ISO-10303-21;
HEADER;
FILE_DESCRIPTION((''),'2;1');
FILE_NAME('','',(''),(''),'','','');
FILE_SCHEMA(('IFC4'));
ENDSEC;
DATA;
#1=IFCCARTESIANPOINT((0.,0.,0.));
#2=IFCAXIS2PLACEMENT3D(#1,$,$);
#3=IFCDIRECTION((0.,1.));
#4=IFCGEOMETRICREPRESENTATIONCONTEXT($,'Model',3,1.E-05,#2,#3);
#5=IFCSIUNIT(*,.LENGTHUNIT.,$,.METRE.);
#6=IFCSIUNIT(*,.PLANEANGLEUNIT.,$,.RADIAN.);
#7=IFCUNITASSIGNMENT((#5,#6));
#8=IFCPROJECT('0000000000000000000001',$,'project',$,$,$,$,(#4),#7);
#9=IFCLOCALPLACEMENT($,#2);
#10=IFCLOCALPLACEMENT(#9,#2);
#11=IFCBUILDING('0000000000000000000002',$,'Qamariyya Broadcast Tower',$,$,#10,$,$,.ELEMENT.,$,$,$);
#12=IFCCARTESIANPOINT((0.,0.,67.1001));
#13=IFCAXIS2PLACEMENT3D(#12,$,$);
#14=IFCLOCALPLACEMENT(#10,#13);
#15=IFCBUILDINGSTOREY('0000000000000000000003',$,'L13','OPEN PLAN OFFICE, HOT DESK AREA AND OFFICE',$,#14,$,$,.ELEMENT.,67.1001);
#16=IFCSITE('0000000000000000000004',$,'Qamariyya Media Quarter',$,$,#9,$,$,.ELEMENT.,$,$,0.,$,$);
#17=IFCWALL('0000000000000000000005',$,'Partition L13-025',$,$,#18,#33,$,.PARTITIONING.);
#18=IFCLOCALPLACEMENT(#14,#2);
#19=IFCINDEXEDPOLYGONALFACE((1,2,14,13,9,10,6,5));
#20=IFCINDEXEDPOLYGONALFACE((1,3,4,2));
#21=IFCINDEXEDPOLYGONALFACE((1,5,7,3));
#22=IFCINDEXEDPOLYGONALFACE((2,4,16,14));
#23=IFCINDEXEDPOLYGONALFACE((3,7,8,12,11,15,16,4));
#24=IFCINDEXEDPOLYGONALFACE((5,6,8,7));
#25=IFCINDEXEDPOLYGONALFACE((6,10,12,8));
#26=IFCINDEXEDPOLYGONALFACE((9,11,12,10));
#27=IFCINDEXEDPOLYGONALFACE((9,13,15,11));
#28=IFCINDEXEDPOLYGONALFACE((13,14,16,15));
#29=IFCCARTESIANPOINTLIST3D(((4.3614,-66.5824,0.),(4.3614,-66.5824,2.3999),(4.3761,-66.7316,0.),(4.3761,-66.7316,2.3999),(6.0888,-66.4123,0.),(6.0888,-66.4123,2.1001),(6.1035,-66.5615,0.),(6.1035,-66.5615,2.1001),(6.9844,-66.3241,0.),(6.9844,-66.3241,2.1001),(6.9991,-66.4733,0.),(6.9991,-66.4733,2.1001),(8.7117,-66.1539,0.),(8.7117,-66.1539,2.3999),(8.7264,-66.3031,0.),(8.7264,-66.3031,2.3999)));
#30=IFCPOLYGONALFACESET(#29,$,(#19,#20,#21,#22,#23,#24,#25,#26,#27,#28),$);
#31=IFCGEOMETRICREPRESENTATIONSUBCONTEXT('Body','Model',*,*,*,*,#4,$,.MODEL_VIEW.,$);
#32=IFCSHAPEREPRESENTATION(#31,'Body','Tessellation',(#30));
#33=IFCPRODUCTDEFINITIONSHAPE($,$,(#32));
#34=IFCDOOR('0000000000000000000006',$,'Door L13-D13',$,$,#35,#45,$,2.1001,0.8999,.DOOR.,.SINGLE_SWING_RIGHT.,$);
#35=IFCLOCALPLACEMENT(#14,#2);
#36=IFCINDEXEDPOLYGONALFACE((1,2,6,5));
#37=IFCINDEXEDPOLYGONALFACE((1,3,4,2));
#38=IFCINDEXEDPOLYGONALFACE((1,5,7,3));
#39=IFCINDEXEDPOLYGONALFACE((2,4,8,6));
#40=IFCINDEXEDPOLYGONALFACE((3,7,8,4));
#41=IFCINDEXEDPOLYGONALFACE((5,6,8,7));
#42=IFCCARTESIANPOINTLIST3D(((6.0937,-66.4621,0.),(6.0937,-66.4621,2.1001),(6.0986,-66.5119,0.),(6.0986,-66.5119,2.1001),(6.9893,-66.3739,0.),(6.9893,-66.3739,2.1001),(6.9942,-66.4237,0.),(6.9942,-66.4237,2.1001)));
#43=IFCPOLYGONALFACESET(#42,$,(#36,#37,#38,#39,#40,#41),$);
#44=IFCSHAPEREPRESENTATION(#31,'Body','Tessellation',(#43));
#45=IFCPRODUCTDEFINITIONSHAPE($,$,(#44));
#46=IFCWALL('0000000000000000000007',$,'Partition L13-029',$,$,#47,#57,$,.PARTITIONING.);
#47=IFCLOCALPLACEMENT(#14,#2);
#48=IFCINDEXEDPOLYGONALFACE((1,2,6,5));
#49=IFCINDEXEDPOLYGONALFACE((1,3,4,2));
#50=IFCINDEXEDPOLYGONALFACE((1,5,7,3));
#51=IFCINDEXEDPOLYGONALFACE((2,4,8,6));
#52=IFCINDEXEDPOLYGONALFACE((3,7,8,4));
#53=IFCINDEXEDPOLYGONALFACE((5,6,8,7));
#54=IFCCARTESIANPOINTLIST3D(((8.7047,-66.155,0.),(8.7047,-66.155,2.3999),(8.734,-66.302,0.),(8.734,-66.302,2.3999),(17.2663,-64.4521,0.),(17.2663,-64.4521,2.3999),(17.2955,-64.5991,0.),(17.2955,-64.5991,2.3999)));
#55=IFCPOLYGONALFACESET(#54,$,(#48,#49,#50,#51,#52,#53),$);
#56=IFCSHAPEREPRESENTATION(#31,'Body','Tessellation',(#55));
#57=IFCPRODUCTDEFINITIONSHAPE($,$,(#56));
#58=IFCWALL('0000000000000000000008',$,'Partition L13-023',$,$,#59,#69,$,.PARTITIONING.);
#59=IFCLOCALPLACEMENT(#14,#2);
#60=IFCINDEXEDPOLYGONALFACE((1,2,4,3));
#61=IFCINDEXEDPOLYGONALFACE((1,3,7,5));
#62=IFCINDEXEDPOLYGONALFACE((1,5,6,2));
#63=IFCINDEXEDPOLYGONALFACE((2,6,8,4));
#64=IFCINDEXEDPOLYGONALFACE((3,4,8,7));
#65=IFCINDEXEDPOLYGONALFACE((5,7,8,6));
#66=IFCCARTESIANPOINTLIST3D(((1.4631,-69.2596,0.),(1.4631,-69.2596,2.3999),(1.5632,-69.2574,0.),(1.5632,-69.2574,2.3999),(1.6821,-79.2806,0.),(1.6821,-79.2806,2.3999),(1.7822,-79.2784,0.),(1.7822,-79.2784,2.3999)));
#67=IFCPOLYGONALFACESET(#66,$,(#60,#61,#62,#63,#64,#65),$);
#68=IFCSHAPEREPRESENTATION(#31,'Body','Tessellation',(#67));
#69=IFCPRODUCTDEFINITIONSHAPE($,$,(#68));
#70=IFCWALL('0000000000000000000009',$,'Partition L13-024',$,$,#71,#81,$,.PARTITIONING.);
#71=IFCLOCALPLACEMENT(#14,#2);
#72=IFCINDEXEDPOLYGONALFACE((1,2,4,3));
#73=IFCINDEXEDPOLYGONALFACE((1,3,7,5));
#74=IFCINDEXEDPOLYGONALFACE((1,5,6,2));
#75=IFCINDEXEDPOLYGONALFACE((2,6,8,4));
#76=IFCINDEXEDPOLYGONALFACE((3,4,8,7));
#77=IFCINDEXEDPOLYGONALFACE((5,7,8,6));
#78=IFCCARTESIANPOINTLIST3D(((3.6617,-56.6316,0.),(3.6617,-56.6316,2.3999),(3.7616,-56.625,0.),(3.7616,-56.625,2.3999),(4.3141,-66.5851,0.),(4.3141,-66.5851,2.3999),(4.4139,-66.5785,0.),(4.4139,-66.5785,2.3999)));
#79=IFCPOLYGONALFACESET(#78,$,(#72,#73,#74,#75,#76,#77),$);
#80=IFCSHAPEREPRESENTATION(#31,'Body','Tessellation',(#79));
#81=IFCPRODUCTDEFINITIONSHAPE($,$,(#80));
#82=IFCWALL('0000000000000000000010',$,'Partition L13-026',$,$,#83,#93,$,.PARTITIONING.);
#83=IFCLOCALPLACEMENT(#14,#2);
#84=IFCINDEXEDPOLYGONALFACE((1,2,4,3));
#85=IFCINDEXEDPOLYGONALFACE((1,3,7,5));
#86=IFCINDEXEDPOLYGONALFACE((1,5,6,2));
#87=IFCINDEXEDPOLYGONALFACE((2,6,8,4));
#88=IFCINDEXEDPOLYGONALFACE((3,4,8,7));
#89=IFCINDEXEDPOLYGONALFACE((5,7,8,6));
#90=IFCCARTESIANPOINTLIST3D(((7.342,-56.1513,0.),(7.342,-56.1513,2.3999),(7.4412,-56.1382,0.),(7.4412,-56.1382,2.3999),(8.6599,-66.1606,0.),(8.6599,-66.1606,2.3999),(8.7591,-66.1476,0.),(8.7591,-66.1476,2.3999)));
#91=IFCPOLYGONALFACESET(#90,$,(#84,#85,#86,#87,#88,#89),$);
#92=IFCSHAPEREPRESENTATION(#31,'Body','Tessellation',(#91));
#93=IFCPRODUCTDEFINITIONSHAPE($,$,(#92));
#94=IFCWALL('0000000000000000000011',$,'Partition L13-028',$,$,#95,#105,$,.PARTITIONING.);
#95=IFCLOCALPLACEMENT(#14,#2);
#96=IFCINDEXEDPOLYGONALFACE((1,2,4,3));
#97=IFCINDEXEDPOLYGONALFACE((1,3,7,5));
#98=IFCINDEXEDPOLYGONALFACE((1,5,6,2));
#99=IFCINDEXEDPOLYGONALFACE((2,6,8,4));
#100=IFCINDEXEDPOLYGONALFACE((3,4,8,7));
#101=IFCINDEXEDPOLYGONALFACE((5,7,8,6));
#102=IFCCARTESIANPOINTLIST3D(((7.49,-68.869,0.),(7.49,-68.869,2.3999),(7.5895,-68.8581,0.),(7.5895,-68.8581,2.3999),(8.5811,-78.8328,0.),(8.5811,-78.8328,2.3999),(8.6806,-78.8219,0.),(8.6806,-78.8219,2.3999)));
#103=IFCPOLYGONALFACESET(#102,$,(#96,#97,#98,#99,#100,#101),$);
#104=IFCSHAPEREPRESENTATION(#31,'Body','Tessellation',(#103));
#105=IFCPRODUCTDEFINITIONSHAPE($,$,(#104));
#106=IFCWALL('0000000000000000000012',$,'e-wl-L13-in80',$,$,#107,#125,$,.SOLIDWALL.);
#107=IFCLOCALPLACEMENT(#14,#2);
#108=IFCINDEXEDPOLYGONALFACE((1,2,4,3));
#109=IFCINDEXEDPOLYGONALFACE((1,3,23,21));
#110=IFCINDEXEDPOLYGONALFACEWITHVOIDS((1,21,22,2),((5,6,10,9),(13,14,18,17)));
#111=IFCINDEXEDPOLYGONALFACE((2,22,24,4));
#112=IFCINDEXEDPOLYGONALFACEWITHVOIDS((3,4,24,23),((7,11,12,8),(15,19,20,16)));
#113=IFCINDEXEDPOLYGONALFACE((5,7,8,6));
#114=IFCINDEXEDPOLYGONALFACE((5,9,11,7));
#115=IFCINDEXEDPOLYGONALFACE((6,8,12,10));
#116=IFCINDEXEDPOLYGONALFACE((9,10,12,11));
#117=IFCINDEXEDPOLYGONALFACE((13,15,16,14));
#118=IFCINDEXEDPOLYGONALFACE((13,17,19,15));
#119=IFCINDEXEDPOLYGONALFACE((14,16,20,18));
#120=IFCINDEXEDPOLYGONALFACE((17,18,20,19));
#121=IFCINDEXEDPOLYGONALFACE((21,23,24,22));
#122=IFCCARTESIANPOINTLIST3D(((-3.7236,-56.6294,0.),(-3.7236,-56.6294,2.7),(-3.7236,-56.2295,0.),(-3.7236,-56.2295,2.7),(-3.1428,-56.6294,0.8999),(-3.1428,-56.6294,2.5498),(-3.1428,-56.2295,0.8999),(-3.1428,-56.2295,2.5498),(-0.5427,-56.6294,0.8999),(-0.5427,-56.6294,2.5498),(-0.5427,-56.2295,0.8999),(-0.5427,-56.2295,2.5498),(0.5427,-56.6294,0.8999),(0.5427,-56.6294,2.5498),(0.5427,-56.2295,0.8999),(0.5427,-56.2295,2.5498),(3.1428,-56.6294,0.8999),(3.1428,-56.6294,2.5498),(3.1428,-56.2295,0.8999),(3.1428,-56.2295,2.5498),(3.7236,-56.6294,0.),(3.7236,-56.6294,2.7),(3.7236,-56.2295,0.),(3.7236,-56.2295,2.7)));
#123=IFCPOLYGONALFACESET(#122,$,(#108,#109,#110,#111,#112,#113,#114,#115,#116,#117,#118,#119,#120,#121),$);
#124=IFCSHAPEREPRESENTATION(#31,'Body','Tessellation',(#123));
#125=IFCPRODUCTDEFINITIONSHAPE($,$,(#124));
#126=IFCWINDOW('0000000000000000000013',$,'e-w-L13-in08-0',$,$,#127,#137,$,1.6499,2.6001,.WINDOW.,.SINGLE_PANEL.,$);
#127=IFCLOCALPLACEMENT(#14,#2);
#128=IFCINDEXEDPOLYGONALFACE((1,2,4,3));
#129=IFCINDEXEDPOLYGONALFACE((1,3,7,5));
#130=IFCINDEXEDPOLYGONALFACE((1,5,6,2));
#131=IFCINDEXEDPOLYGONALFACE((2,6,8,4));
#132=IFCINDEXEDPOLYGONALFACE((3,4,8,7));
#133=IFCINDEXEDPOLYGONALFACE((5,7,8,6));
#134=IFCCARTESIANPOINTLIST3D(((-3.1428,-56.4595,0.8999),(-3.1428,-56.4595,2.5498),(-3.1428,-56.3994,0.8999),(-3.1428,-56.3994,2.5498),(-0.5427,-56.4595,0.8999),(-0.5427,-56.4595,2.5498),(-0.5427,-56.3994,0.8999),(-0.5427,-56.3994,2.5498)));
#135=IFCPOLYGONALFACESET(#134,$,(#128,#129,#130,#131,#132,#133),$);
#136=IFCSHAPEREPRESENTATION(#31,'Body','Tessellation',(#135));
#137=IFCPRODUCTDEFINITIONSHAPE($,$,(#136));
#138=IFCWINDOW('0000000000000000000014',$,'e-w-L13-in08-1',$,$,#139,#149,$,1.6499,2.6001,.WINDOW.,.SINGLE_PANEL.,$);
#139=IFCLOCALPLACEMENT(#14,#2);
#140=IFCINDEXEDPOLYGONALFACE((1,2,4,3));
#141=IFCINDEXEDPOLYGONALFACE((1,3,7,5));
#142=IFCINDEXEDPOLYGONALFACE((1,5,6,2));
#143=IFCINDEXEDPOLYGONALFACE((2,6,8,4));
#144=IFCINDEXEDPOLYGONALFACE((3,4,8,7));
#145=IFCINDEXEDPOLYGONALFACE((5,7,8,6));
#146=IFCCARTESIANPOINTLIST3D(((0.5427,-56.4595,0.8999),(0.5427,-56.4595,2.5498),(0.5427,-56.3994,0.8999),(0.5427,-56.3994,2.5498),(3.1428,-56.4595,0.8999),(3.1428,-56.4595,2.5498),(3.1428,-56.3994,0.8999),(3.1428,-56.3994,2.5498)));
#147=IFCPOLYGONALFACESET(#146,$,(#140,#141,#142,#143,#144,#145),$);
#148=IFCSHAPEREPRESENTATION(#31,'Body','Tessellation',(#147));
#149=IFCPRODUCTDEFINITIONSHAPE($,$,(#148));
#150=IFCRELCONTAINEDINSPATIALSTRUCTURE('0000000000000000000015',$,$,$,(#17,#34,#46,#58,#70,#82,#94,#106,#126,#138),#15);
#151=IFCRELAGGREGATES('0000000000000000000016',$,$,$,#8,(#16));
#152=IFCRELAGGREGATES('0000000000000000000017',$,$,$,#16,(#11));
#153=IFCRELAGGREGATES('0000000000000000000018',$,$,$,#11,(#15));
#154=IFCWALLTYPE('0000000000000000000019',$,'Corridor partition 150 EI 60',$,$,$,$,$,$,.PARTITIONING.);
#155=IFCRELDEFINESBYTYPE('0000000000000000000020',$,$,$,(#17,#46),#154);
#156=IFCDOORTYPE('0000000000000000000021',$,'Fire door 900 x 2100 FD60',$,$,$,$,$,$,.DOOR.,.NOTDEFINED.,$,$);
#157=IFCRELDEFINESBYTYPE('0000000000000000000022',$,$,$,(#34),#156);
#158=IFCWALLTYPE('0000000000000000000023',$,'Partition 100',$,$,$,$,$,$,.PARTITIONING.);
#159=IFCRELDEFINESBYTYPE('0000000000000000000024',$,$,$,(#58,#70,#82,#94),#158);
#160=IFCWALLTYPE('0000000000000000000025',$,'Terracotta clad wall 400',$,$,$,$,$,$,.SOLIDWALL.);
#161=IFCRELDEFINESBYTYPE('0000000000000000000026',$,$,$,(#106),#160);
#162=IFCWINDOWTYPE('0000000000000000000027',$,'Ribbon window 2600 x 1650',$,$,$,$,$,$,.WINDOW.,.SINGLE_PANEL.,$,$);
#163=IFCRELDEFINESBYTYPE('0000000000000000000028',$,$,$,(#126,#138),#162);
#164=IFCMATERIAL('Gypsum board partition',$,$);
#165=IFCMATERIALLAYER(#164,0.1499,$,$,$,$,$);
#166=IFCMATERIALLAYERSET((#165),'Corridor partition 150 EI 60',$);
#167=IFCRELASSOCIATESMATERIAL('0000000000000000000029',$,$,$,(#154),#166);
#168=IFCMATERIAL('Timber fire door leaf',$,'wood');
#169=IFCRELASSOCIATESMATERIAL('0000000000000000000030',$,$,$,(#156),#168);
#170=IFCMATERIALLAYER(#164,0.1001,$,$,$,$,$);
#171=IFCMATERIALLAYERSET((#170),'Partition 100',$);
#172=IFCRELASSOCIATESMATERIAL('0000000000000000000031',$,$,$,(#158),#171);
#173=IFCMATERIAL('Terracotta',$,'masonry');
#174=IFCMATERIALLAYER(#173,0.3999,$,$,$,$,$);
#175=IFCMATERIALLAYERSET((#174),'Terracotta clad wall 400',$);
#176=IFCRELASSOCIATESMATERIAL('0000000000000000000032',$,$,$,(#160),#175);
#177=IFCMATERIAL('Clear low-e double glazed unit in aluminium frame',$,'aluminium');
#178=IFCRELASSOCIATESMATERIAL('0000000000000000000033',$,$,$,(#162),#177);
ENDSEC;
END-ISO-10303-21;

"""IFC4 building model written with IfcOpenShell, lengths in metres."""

from ifc_helpers import new_model, si_unit, direction, frame, frame_2d, origin, place, context, subcontext, project, spatial, rectangle, extrude, material, layer, layer_set, type_object, element, fill, save


model = new_model("IFC4")

# Units and contexts
model_context = context("Model", 3, precision=1e-05, world=origin(), true_north=direction((0.0, 1.0)))
body_context = subcontext(model_context, "Body", "Model", "MODEL_VIEW")
ifc_project = project(units=[si_unit("LENGTHUNIT", "METRE"), si_unit("PLANEANGLEUNIT", "RADIAN")], contexts=[model_context])

# Site, building, storey
site_placement = place(None, origin())
site = spatial("IfcSite", under=ifc_project, at=site_placement, Name="Qamariyya Media Quarter", CompositionType="ELEMENT", RefElevation=0.0)
building_placement = place(site_placement, origin())
building = spatial("IfcBuilding", under=site, at=building_placement, Name="Qamariyya Broadcast Tower", CompositionType="ELEMENT")
storey_placement = place(building_placement, frame((0.0, 0.0, 67.1001)))
storey = spatial("IfcBuildingStorey", under=building, at=storey_placement, Name="L13", Description="OPEN PLAN OFFICE, HOT DESK AREA AND OFFICE", CompositionType="ELEMENT", Elevation=67.1001)

# Wall, opening, door
ifc_material_1 = material(Name="Gypsum board partition")
ifc_layer_1 = layer(ifc_material_1, 0.1499)
ifc_layer_set_1 = layer_set([ifc_layer_1], Name="Corridor partition 150 EI 60")
wall_type_1 = type_object("IfcWallType", Name="Corridor partition 150 EI 60", PredefinedType="PARTITIONING", material=ifc_layer_set_1)
ifc_material_2 = material(Name="Timber fire door leaf", Category="wood")
wall_1_placement = place(storey_placement, frame((4.3689, -66.657, 0.0), z_axis=(0.0, 0.0, 1.0), x_axis=(0.995185, 0.098016, 0.0)))
wall_1 = element("IfcWall", 1, at=wall_1_placement, inside=storey, type_object=wall_type_1, Name="Partition L13-025", PredefinedType="PARTITIONING", context=body_context, shape_type="SweptSolid", body=[
    extrude(rectangle(XDim=4.3713, YDim=0.1499, at=frame_2d((2.1855, 0.0))), origin(), (0.0, 0.0, 1.0), 2.3999),
])
opening_1_placement = place(wall_1_placement, frame((1.7356, 0.0, 0.0)))
opening_1 = element("IfcOpeningElement", 2, at=opening_1_placement, cuts=wall_1, PredefinedType="OPENING", context=body_context, shape_type="SweptSolid", body=[
    extrude(rectangle(XDim=0.8999, YDim=2.1001, at=frame_2d((0.45, 1.05))), frame((0.0, 0.085, 0.0), z_axis=(0.0, -1.0, 0.0), x_axis=(1.0, 0.0, 0.0)), (0.0, 0.0, 1.0), 0.1699),
])
door_type_1 = type_object("IfcDoorType", Name="Fire door 900 x 2100 FD60", OperationType="NOTDEFINED", PredefinedType="DOOR", material=ifc_material_2)
door_1_placement = place(opening_1_placement, origin())
door_1 = element("IfcDoor", 3, at=door_1_placement, inside=storey, type_object=door_type_1, Name="Door L13-D13", OperationType="SINGLE_SWING_RIGHT", OverallHeight=2.1001, OverallWidth=0.8999, PredefinedType="DOOR", context=body_context, shape_type="SweptSolid", body=[
    extrude(rectangle(XDim=0.8999, YDim=2.1001, at=frame_2d((0.45, 1.05))), frame((0.0, 0.0249, 0.0), z_axis=(0.0, -1.0, 0.0), x_axis=(1.0, 0.0, 0.0)), (0.0, 0.0, 1.0), 0.05),
])
fill(opening_1, door_1)

# Walls
wall_2_placement = place(storey_placement, frame((8.7192, -66.2285, 0.0), z_axis=(0.0, 0.0, 1.0), x_axis=(0.980788, 0.195078, 0.0)))
element("IfcWall", 4, at=wall_2_placement, inside=storey, type_object=wall_type_1, Name="Partition L13-029", PredefinedType="PARTITIONING", context=body_context, shape_type="SweptSolid", body=[
    extrude(rectangle(XDim=8.7292, YDim=0.1499, at=frame_2d((4.3647, 0.0))), origin(), (0.0, 0.0, 1.0), 2.3999),
])
ifc_layer_2 = layer(ifc_material_1, 0.1001)
ifc_layer_set_2 = layer_set([ifc_layer_2], Name="Partition 100")
wall_type_2 = type_object("IfcWallType", Name="Partition 100", PredefinedType="PARTITIONING", material=ifc_layer_set_2)
wall_3_placement = place(storey_placement, frame((1.7322, -79.2795, 0.0), z_axis=(0.0, 0.0, 1.0), x_axis=(-0.021848, 0.999761, 0.0)))
element("IfcWall", 5, at=wall_3_placement, inside=storey, type_object=wall_type_2, Name="Partition L13-023", PredefinedType="PARTITIONING", context=body_context, shape_type="SweptSolid", body=[
    extrude(rectangle(XDim=10.0234, YDim=0.1001, at=frame_2d((5.0117, 0.0))), origin(), (0.0, 0.0, 1.0), 2.3999),
])
wall_4_placement = place(storey_placement, frame((3.7117, -56.6284, 0.0), z_axis=(0.0, 0.0, 1.0), x_axis=(0.065398, -0.997859, 0.0)))
element("IfcWall", 6, at=wall_4_placement, inside=storey, type_object=wall_type_2, Name="Partition L13-024", PredefinedType="PARTITIONING", context=body_context, shape_type="SweptSolid", body=[
    extrude(rectangle(XDim=9.9749, YDim=0.1001, at=frame_2d((4.9873, 0.0))), origin(), (0.0, 0.0, 1.0), 2.3999),
])
wall_5_placement = place(storey_placement, frame((7.3916, -56.1448, 0.0), z_axis=(0.0, 0.0, 1.0), x_axis=(0.130538, -0.991443, 0.0)))
element("IfcWall", 7, at=wall_5_placement, inside=storey, type_object=wall_type_2, Name="Partition L13-026", PredefinedType="PARTITIONING", context=body_context, shape_type="SweptSolid", body=[
    extrude(rectangle(XDim=10.0957, YDim=0.1001, at=frame_2d((5.0479, 0.0))), origin(), (0.0, 0.0, 1.0), 2.3999),
])
wall_6_placement = place(storey_placement, frame((8.6309, -78.8274, 0.0), z_axis=(0.0, 0.0, 1.0), x_axis=(-0.108851, 0.994058, 0.0)))
element("IfcWall", 8, at=wall_6_placement, inside=storey, type_object=wall_type_2, Name="Partition L13-028", PredefinedType="PARTITIONING", context=body_context, shape_type="SweptSolid", body=[
    extrude(rectangle(XDim=10.0234, YDim=0.1001, at=frame_2d((5.0117, 0.0))), origin(), (0.0, 0.0, 1.0), 2.3999),
])

# Wall, openings, windows
ifc_material_3 = material(Name="Terracotta", Category="masonry")
ifc_layer_3 = layer(ifc_material_3, 0.3999)
ifc_layer_set_3 = layer_set([ifc_layer_3], Name="Terracotta clad wall 400")
wall_type_3 = type_object("IfcWallType", Name="Terracotta clad wall 400", PredefinedType="SOLIDWALL", material=ifc_layer_set_3)
wall_7_placement = place(storey_placement, frame((3.7236, -56.4294, 0.0), z_axis=(0.0, 0.0, 1.0), x_axis=(-1.0, 0.0, 0.0)))
wall_7 = element("IfcWall", 9, at=wall_7_placement, inside=storey, type_object=wall_type_3, Name="e-wl-L13-in80", PredefinedType="SOLIDWALL", context=body_context, shape_type="SweptSolid", body=[
    extrude(rectangle(XDim=7.4473, YDim=0.3999, at=frame_2d((3.7236, 0.0))), origin(), (0.0, 0.0, 1.0), 2.7),
])
opening_2_placement = place(wall_7_placement, frame((4.2664, 0.0, 0.8999)))
opening_2 = element("IfcOpeningElement", 10, at=opening_2_placement, cuts=wall_7, PredefinedType="OPENING", context=body_context, shape_type="SweptSolid", body=[
    extrude(rectangle(XDim=2.6001, YDim=1.6499, at=frame_2d((1.3, 0.825))), frame((0.0, 0.21, 0.0), z_axis=(0.0, -1.0, 0.0), x_axis=(1.0, 0.0, 0.0)), (0.0, 0.0, 1.0), 0.4199),
])
opening_3_placement = place(wall_7_placement, frame((0.5808, 0.0, 0.8999)))
opening_3 = element("IfcOpeningElement", 11, at=opening_3_placement, cuts=wall_7, PredefinedType="OPENING", context=body_context, shape_type="SweptSolid", body=[
    extrude(rectangle(XDim=2.6001, YDim=1.6499, at=frame_2d((1.3, 0.825))), frame((0.0, 0.21, 0.0), z_axis=(0.0, -1.0, 0.0), x_axis=(1.0, 0.0, 0.0)), (0.0, 0.0, 1.0), 0.4199),
])
ifc_material_4 = material(Name="Clear low-e double glazed unit in aluminium frame", Category="aluminium")
window_type = type_object("IfcWindowType", Name="Ribbon window 2600 x 1650", PartitioningType="SINGLE_PANEL", PredefinedType="WINDOW", material=ifc_material_4)
window_1_placement = place(opening_2_placement, origin())
window_1 = element("IfcWindow", 12, at=window_1_placement, inside=storey, type_object=window_type, Name="e-w-L13-in08-0", OverallHeight=1.6499, OverallWidth=2.6001, PartitioningType="SINGLE_PANEL", PredefinedType="WINDOW", context=body_context, shape_type="SweptSolid", body=[
    extrude(rectangle(XDim=2.6001, YDim=1.6499, at=frame_2d((1.3, 0.825))), frame((0.0, 0.03, 0.0), z_axis=(0.0, -1.0, 0.0), x_axis=(1.0, 0.0, 0.0)), (0.0, 0.0, 1.0), 0.0601),
])
fill(opening_2, window_1)
window_2_placement = place(opening_3_placement, origin())
window_2 = element("IfcWindow", 13, at=window_2_placement, inside=storey, type_object=window_type, Name="e-w-L13-in08-1", OverallHeight=1.6499, OverallWidth=2.6001, PartitioningType="SINGLE_PANEL", PredefinedType="WINDOW", context=body_context, shape_type="SweptSolid", body=[
    extrude(rectangle(XDim=2.6001, YDim=1.6499, at=frame_2d((1.3, 0.825))), frame((0.0, 0.03, 0.0), z_axis=(0.0, -1.0, 0.0), x_axis=(1.0, 0.0, 0.0)), (0.0, 0.0, 1.0), 0.0601),
])
fill(opening_3, window_2)

save(model, "model.ifc")
